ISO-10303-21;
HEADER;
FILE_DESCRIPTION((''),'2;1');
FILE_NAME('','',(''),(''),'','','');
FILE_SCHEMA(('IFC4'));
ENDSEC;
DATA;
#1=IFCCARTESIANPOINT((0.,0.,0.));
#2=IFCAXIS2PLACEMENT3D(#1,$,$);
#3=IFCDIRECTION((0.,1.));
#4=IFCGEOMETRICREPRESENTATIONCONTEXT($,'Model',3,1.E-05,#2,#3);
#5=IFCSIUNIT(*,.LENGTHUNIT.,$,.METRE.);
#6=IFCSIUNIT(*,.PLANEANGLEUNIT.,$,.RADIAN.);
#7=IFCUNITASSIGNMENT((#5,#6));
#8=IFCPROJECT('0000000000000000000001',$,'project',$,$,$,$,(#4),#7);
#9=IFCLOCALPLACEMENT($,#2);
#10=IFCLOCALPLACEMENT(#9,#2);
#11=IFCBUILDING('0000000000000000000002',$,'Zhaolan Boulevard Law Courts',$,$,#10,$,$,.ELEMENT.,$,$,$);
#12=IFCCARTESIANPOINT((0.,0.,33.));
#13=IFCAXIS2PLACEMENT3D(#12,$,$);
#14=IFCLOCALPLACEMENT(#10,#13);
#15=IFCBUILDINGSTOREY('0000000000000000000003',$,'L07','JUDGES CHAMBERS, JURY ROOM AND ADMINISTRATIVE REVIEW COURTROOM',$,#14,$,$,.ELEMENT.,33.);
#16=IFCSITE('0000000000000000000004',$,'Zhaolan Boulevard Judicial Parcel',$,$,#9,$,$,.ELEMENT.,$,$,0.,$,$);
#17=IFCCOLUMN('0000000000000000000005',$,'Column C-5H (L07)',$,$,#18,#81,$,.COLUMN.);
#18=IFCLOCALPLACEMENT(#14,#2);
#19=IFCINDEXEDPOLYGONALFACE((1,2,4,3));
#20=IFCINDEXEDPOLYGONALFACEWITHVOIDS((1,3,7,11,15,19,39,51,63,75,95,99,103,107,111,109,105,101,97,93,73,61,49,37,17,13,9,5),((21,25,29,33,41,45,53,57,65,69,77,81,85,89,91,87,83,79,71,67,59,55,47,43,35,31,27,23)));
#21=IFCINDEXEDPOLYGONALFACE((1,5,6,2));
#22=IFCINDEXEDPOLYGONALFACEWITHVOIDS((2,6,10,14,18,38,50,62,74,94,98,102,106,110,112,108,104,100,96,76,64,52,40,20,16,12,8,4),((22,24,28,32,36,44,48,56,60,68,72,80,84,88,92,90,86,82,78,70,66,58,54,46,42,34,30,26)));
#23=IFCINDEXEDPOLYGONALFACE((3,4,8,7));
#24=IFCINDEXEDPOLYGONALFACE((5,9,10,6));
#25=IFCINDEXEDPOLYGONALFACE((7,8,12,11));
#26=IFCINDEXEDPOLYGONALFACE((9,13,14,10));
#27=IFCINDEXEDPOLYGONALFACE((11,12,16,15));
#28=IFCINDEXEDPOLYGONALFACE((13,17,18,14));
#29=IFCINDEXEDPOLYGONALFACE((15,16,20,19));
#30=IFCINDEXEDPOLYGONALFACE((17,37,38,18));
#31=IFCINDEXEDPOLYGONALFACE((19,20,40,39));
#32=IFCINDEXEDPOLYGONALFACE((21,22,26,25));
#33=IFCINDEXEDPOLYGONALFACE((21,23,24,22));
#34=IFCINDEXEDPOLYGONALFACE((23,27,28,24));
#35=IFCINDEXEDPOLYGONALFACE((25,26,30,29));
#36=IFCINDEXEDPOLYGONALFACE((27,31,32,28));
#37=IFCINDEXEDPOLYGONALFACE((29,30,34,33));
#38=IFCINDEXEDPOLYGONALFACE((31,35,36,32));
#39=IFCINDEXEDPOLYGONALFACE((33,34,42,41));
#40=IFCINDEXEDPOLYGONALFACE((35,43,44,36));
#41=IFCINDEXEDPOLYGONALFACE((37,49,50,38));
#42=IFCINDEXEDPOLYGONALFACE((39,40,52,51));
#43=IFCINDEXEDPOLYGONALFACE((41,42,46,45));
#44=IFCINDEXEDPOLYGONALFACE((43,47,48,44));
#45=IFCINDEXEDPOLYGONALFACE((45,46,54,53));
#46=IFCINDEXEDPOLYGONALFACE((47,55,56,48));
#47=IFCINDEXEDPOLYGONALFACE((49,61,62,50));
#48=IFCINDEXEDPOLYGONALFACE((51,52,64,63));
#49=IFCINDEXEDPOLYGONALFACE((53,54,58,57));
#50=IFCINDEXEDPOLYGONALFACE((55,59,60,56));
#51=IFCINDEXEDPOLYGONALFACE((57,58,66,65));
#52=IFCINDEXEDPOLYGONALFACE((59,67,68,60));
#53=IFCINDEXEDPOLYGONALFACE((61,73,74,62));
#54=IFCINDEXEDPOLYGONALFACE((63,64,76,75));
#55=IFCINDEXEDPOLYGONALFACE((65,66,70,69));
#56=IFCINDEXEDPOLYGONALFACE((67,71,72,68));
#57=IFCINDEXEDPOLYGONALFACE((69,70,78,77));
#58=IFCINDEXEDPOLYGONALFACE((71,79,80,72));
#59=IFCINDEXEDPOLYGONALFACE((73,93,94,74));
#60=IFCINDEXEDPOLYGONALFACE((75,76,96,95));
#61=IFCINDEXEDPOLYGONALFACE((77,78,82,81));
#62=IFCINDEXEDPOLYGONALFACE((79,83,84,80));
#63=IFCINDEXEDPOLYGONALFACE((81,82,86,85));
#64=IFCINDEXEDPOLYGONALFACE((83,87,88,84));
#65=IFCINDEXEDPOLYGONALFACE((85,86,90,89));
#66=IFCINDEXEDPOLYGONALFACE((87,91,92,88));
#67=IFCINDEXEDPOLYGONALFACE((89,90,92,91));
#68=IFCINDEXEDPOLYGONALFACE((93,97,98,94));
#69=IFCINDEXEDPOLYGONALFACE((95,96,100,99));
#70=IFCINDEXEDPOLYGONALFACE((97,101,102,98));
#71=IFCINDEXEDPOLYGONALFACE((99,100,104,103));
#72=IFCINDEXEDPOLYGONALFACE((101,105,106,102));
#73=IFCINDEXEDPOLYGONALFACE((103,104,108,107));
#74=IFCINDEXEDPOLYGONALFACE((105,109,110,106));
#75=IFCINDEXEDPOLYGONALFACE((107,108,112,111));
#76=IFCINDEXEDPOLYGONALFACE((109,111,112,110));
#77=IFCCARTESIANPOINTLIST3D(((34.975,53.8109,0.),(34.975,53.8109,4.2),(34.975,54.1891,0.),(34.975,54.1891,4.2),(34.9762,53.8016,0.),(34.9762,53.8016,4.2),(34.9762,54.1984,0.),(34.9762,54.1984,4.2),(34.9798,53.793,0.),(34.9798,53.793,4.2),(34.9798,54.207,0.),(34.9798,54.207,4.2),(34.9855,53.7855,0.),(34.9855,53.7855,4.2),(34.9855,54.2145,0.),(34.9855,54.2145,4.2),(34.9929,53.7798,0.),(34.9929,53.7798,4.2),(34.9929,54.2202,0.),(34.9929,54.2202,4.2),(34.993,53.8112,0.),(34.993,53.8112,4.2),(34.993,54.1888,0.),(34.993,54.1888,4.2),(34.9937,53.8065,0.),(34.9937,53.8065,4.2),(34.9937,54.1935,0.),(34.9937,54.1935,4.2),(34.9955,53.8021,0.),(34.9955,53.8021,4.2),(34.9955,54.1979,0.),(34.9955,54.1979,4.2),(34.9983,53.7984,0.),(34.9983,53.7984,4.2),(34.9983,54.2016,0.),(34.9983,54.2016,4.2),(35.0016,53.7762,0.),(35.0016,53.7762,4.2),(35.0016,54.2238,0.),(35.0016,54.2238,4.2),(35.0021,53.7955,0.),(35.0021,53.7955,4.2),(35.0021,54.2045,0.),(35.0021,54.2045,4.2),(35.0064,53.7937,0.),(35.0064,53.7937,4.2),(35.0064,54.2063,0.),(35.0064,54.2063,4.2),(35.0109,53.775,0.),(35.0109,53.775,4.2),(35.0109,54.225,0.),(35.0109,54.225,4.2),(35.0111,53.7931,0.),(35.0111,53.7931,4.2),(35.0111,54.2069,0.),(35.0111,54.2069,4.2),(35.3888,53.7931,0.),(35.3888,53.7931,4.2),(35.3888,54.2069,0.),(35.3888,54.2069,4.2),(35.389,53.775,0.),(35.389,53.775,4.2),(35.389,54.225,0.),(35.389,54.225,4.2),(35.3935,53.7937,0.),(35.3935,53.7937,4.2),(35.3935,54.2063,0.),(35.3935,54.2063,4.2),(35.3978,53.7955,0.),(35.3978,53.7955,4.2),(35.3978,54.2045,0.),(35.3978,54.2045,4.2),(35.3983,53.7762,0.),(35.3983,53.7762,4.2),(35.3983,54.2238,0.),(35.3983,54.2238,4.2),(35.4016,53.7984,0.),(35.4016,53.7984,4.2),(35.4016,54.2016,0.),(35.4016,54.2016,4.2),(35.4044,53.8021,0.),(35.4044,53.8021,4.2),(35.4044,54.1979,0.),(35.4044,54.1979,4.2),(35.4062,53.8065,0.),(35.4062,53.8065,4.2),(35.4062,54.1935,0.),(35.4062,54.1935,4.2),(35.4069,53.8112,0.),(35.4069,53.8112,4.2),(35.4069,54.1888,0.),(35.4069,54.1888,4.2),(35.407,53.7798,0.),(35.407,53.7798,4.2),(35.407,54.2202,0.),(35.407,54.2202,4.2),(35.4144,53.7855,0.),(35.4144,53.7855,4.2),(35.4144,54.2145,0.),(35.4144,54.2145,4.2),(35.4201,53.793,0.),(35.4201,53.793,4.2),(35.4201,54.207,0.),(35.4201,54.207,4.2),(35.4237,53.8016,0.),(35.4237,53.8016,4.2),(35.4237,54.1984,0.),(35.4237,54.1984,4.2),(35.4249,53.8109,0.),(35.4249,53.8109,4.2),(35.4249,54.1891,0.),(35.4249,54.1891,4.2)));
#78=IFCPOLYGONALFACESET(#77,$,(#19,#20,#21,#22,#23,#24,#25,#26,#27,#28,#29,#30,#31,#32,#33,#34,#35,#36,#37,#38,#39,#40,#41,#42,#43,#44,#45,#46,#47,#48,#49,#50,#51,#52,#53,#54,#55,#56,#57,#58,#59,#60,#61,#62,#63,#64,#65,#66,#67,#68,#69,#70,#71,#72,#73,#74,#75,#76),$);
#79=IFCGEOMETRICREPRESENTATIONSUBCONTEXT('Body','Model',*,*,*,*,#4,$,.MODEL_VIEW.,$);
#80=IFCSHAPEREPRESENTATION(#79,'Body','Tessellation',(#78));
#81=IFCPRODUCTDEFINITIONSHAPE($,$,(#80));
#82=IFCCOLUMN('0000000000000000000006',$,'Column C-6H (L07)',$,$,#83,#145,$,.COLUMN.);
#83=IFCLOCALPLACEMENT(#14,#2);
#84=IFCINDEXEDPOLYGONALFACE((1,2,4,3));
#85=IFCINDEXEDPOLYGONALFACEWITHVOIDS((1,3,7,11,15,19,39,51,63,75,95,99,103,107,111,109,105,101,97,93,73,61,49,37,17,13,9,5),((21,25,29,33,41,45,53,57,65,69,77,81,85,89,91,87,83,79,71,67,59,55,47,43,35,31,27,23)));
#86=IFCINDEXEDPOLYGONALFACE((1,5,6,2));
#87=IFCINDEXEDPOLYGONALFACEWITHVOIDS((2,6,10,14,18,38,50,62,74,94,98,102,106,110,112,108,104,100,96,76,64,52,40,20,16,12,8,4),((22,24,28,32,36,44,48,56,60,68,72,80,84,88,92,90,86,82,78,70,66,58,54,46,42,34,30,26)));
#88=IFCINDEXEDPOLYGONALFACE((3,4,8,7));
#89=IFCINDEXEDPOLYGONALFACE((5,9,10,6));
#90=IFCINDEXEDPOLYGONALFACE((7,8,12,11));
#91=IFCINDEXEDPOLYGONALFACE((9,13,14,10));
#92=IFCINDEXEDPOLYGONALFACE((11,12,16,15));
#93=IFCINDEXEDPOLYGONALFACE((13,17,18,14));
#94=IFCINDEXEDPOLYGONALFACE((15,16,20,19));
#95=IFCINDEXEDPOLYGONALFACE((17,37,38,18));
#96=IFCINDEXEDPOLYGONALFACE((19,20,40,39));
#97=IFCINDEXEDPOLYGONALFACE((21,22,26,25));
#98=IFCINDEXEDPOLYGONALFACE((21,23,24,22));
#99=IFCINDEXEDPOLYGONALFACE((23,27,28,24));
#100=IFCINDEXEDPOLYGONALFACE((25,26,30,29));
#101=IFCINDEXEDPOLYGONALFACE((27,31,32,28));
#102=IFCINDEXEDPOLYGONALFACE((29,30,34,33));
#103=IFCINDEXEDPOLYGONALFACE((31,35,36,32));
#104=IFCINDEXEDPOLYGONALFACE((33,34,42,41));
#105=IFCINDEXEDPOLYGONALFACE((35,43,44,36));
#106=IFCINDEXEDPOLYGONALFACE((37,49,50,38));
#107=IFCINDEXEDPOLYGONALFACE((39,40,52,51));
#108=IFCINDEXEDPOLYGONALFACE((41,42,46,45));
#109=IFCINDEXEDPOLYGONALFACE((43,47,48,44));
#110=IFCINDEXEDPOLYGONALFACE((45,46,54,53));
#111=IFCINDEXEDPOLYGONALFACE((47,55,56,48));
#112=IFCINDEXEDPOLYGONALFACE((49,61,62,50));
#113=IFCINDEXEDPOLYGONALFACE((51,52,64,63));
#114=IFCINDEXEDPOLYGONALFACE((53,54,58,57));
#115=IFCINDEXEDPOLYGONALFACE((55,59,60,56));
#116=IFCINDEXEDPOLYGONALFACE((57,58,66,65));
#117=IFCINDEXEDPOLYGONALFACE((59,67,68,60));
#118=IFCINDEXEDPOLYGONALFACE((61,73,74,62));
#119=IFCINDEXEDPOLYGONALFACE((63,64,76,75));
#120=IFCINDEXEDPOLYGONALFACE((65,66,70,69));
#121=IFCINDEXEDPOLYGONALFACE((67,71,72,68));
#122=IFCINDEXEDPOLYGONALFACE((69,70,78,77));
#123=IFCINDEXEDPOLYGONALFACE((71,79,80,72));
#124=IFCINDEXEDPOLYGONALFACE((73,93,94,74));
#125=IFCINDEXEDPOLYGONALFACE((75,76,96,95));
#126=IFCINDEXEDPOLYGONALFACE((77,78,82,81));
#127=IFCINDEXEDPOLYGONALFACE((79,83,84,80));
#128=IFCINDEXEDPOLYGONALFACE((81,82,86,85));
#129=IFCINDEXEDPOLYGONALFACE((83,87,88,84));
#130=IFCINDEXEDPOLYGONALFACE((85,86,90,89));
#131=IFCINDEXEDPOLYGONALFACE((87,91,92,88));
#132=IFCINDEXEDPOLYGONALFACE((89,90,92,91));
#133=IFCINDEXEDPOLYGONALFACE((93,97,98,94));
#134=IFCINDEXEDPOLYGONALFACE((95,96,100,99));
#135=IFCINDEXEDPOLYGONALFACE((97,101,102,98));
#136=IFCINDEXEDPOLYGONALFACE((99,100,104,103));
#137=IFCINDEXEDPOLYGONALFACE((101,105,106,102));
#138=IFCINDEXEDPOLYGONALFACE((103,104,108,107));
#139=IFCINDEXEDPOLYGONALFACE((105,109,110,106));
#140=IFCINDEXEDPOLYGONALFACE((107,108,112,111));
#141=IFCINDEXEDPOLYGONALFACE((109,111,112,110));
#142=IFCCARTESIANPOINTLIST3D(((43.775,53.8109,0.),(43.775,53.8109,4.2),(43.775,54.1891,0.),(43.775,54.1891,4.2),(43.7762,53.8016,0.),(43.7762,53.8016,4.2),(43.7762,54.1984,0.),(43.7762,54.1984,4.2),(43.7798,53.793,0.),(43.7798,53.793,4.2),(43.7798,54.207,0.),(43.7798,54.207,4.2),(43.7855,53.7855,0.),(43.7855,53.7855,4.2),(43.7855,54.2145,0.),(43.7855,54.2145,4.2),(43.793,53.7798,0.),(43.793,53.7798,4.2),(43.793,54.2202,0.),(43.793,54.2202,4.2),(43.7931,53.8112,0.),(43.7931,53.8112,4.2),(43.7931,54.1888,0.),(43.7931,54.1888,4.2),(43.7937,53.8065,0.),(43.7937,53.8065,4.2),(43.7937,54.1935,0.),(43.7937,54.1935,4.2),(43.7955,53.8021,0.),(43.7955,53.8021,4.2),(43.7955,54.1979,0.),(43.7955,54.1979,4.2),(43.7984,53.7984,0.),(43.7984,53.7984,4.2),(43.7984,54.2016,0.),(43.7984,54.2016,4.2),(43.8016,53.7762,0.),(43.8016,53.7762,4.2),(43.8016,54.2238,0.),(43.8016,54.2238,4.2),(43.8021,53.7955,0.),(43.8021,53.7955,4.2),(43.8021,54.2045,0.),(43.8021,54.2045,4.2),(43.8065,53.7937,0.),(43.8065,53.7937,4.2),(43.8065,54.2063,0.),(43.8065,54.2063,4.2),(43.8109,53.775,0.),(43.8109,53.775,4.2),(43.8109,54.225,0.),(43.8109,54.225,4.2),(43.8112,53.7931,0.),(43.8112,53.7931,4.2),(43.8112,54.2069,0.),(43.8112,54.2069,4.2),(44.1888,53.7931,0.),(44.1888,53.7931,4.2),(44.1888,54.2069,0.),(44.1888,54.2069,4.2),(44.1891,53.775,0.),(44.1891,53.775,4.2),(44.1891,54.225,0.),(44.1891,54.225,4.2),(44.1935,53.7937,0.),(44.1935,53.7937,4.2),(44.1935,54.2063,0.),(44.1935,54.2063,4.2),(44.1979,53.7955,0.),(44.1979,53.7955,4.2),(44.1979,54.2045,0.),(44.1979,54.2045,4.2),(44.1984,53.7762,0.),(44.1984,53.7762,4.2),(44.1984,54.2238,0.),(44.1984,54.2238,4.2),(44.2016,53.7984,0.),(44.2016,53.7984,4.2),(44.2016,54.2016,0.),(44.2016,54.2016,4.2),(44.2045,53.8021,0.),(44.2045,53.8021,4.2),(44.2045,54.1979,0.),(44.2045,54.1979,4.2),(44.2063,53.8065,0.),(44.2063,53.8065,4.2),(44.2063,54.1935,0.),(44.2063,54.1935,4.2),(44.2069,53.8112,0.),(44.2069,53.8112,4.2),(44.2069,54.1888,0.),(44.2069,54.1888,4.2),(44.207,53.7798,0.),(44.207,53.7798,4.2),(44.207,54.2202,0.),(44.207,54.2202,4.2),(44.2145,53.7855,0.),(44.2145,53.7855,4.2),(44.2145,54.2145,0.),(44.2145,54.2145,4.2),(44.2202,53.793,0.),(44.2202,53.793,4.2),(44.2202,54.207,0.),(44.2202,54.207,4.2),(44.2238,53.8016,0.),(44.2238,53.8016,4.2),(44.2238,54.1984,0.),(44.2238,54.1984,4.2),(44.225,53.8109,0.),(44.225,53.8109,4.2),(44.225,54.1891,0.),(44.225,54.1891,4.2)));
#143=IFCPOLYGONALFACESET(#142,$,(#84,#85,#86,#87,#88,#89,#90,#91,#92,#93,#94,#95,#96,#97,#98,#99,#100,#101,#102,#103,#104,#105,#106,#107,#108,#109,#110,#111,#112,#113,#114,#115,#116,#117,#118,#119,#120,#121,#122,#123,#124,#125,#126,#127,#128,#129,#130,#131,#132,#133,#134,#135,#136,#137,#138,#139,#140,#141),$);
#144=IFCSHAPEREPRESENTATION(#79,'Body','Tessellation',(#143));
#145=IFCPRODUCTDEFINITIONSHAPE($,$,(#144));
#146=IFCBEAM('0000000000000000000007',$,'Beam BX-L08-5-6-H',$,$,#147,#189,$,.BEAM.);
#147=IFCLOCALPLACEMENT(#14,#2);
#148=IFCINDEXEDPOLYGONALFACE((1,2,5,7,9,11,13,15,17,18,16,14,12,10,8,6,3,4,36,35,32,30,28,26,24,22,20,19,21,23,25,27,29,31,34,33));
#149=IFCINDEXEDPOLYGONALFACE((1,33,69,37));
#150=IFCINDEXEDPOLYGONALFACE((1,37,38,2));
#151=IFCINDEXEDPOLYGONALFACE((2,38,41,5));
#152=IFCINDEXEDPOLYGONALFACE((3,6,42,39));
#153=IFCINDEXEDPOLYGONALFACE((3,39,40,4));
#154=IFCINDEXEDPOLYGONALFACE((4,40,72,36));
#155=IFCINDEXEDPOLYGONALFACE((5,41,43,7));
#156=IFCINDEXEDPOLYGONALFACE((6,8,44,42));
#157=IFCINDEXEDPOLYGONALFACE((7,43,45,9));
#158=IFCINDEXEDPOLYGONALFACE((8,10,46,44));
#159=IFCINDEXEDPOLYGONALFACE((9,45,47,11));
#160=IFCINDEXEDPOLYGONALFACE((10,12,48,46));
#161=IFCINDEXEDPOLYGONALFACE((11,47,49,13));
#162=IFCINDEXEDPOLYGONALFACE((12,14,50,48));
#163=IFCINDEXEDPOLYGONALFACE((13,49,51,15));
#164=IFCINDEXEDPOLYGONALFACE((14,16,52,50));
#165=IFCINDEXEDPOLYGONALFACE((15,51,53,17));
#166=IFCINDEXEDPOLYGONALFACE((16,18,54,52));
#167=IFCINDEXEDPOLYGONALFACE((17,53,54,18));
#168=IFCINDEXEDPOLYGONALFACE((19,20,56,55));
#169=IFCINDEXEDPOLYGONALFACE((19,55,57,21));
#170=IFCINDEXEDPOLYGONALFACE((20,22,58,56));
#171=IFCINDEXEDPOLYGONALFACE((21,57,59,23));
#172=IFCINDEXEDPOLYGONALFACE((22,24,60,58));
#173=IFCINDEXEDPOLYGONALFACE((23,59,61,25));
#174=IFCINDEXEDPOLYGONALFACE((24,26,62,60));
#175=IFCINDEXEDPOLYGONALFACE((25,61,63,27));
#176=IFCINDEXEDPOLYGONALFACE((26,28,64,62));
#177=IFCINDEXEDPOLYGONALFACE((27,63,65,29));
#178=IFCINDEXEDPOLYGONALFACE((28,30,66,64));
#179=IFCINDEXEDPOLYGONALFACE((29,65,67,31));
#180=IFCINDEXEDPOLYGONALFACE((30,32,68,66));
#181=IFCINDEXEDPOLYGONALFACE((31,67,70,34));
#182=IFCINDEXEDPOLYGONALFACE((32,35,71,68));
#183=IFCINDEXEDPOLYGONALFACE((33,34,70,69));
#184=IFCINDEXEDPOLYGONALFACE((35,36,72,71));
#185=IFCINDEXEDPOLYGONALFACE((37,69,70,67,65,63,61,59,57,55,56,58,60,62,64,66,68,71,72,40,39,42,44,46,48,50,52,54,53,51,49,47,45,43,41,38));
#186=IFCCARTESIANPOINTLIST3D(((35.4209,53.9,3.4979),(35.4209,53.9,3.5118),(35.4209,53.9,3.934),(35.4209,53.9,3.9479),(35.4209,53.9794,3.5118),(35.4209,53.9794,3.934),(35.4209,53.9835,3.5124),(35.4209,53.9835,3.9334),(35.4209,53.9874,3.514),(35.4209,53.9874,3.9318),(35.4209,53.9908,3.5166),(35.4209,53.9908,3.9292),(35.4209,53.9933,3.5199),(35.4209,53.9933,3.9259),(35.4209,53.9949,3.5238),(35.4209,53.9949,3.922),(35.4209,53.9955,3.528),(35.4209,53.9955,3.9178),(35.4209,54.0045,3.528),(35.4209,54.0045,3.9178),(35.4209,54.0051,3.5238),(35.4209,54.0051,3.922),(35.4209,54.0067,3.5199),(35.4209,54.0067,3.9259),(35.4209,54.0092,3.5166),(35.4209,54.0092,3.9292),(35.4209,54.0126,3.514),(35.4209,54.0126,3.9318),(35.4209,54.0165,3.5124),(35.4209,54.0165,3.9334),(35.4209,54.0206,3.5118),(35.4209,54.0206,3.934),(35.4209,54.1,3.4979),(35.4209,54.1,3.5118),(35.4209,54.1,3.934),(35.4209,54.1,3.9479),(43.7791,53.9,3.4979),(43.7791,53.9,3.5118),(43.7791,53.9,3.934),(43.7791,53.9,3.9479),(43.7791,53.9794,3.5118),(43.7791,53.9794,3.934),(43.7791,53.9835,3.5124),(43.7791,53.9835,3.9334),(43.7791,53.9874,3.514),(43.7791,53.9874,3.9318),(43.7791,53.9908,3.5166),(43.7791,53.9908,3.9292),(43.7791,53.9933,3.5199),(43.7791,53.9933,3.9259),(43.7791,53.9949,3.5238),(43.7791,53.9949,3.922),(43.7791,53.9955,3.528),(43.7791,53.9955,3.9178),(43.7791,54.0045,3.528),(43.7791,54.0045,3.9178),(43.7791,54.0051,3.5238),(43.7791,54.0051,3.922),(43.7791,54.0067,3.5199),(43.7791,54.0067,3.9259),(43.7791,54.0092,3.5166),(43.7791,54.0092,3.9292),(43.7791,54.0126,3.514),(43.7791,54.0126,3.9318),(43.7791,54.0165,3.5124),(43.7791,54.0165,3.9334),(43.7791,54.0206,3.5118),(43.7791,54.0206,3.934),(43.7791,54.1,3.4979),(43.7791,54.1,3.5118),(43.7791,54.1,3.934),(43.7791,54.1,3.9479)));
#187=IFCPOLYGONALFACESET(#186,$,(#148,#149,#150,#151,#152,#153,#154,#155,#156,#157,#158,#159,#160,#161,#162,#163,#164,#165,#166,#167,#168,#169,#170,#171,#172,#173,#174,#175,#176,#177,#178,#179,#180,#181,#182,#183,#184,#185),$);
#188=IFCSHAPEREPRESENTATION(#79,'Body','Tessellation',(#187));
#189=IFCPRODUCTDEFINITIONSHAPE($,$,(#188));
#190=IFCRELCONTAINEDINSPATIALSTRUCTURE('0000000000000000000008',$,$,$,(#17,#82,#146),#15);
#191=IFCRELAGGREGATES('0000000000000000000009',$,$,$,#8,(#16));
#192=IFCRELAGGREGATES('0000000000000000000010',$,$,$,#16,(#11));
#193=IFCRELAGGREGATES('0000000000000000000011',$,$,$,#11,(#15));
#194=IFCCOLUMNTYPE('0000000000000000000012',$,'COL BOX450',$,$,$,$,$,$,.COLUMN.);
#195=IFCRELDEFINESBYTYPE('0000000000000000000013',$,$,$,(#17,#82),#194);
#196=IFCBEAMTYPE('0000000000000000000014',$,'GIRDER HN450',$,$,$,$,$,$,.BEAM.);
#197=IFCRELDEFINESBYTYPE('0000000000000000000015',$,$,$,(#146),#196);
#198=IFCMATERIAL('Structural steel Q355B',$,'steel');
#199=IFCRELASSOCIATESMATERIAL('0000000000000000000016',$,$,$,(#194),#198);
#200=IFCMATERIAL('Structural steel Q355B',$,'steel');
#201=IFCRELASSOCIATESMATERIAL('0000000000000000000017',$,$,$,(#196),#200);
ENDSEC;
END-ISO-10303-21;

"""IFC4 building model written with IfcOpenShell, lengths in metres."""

from ifc_helpers import new_model, si_unit, direction, frame, origin, origin_2d, place, context, subcontext, project, spatial, hollow_rectangle, i_section, extrude, material, material_profile, profile_set, type_object, element, save


model = new_model("IFC4")

# Units and contexts
model_context = context("Model", 3, precision=1e-05, world=origin(), true_north=direction((0.0, 1.0)))
body_context = subcontext(model_context, "Body", "Model", "MODEL_VIEW")
ifc_project = project(units=[si_unit("LENGTHUNIT", "METRE"), si_unit("PLANEANGLEUNIT", "RADIAN")], contexts=[model_context])

# Site, building, storey
site_placement = place(None, origin())
site = spatial("IfcSite", under=ifc_project, at=site_placement, Name="Zhaolan Boulevard Judicial Parcel", CompositionType="ELEMENT", RefElevation=0.0)
building_placement = place(site_placement, origin())
building = spatial("IfcBuilding", under=site, at=building_placement, Name="Zhaolan Boulevard Law Courts", CompositionType="ELEMENT")
storey_placement = place(building_placement, frame((0.0, 0.0, 33.0)))
storey = spatial("IfcBuildingStorey", under=building, at=storey_placement, Name="L07", Description="JUDGES CHAMBERS, JURY ROOM AND ADMINISTRATIVE REVIEW COURTROOM", CompositionType="ELEMENT", Elevation=33.0)

# Columns
ifc_material_1 = material(Name="Structural steel Q355B", Category="steel")
ifc_material_profile_1 = material_profile(ifc_material_1, hollow_rectangle(XDim=0.45, YDim=0.45, WallThickness=0.0181, InnerFilletRadius=0.0181, OuterFilletRadius=0.0359, at=origin_2d()), Name="BOX450x450x18")
ifc_profile_set_1 = profile_set([ifc_material_profile_1], Name="Structural steel Q355B")
column_type = type_object("IfcColumnType", Name="COL BOX450", PredefinedType="COLUMN", material=ifc_profile_set_1)
for number, where, z_axis, x_axis, name in (
    (1, (35.2, 54.0, 0.0), (0.0, 0.0, 1.0), (1.0, 0.0, 0.0), "Column C-5H (L07)"),
    (2, (44.0, 54.0, 0.0), (0.0, 0.0, 1.0), (1.0, 0.0, 0.0), "Column C-6H (L07)"),
):
    element("IfcColumn", number, at=place(storey_placement, frame(where, z_axis=z_axis, x_axis=x_axis)), inside=storey, type_object=column_type, Name=name, PredefinedType="COLUMN", context=body_context, shape_type="SweptSolid", body=[
        extrude(hollow_rectangle(XDim=0.45, YDim=0.45, WallThickness=0.0181, InnerFilletRadius=0.0181, OuterFilletRadius=0.0359, at=origin_2d()), origin(), (0.0, 0.0, 1.0), 4.2),
    ])

# Beam
ifc_material_2 = material(Name="Structural steel Q355B", Category="steel")
ifc_material_profile_2 = material_profile(ifc_material_2, i_section(OverallWidth=0.2, OverallDepth=0.45, WebThickness=0.009, FlangeThickness=0.0139, FilletRadius=0.0161, at=origin_2d()), Name="HN450x200")
ifc_profile_set_2 = profile_set([ifc_material_profile_2], Name="Structural steel Q355B")
beam_type_1 = type_object("IfcBeamType", Name="GIRDER HN450", PredefinedType="BEAM", material=ifc_profile_set_2)
beam_1_placement = place(storey_placement, frame((35.4209, 54.0, 3.7229), z_axis=(1.0, 0.0, 0.0), x_axis=(0.0, 1.0, 0.0)))
element("IfcBeam", 3, at=beam_1_placement, inside=storey, type_object=beam_type_1, Name="Beam BX-L08-5-6-H", PredefinedType="BEAM", context=body_context, shape_type="SweptSolid", body=[
    extrude(i_section(OverallWidth=0.2, OverallDepth=0.45, WebThickness=0.009, FlangeThickness=0.0139, FilletRadius=0.0161, at=origin_2d()), origin(), (0.0, 0.0, 1.0), 8.3582),
])

save(model, "model.ifc")
